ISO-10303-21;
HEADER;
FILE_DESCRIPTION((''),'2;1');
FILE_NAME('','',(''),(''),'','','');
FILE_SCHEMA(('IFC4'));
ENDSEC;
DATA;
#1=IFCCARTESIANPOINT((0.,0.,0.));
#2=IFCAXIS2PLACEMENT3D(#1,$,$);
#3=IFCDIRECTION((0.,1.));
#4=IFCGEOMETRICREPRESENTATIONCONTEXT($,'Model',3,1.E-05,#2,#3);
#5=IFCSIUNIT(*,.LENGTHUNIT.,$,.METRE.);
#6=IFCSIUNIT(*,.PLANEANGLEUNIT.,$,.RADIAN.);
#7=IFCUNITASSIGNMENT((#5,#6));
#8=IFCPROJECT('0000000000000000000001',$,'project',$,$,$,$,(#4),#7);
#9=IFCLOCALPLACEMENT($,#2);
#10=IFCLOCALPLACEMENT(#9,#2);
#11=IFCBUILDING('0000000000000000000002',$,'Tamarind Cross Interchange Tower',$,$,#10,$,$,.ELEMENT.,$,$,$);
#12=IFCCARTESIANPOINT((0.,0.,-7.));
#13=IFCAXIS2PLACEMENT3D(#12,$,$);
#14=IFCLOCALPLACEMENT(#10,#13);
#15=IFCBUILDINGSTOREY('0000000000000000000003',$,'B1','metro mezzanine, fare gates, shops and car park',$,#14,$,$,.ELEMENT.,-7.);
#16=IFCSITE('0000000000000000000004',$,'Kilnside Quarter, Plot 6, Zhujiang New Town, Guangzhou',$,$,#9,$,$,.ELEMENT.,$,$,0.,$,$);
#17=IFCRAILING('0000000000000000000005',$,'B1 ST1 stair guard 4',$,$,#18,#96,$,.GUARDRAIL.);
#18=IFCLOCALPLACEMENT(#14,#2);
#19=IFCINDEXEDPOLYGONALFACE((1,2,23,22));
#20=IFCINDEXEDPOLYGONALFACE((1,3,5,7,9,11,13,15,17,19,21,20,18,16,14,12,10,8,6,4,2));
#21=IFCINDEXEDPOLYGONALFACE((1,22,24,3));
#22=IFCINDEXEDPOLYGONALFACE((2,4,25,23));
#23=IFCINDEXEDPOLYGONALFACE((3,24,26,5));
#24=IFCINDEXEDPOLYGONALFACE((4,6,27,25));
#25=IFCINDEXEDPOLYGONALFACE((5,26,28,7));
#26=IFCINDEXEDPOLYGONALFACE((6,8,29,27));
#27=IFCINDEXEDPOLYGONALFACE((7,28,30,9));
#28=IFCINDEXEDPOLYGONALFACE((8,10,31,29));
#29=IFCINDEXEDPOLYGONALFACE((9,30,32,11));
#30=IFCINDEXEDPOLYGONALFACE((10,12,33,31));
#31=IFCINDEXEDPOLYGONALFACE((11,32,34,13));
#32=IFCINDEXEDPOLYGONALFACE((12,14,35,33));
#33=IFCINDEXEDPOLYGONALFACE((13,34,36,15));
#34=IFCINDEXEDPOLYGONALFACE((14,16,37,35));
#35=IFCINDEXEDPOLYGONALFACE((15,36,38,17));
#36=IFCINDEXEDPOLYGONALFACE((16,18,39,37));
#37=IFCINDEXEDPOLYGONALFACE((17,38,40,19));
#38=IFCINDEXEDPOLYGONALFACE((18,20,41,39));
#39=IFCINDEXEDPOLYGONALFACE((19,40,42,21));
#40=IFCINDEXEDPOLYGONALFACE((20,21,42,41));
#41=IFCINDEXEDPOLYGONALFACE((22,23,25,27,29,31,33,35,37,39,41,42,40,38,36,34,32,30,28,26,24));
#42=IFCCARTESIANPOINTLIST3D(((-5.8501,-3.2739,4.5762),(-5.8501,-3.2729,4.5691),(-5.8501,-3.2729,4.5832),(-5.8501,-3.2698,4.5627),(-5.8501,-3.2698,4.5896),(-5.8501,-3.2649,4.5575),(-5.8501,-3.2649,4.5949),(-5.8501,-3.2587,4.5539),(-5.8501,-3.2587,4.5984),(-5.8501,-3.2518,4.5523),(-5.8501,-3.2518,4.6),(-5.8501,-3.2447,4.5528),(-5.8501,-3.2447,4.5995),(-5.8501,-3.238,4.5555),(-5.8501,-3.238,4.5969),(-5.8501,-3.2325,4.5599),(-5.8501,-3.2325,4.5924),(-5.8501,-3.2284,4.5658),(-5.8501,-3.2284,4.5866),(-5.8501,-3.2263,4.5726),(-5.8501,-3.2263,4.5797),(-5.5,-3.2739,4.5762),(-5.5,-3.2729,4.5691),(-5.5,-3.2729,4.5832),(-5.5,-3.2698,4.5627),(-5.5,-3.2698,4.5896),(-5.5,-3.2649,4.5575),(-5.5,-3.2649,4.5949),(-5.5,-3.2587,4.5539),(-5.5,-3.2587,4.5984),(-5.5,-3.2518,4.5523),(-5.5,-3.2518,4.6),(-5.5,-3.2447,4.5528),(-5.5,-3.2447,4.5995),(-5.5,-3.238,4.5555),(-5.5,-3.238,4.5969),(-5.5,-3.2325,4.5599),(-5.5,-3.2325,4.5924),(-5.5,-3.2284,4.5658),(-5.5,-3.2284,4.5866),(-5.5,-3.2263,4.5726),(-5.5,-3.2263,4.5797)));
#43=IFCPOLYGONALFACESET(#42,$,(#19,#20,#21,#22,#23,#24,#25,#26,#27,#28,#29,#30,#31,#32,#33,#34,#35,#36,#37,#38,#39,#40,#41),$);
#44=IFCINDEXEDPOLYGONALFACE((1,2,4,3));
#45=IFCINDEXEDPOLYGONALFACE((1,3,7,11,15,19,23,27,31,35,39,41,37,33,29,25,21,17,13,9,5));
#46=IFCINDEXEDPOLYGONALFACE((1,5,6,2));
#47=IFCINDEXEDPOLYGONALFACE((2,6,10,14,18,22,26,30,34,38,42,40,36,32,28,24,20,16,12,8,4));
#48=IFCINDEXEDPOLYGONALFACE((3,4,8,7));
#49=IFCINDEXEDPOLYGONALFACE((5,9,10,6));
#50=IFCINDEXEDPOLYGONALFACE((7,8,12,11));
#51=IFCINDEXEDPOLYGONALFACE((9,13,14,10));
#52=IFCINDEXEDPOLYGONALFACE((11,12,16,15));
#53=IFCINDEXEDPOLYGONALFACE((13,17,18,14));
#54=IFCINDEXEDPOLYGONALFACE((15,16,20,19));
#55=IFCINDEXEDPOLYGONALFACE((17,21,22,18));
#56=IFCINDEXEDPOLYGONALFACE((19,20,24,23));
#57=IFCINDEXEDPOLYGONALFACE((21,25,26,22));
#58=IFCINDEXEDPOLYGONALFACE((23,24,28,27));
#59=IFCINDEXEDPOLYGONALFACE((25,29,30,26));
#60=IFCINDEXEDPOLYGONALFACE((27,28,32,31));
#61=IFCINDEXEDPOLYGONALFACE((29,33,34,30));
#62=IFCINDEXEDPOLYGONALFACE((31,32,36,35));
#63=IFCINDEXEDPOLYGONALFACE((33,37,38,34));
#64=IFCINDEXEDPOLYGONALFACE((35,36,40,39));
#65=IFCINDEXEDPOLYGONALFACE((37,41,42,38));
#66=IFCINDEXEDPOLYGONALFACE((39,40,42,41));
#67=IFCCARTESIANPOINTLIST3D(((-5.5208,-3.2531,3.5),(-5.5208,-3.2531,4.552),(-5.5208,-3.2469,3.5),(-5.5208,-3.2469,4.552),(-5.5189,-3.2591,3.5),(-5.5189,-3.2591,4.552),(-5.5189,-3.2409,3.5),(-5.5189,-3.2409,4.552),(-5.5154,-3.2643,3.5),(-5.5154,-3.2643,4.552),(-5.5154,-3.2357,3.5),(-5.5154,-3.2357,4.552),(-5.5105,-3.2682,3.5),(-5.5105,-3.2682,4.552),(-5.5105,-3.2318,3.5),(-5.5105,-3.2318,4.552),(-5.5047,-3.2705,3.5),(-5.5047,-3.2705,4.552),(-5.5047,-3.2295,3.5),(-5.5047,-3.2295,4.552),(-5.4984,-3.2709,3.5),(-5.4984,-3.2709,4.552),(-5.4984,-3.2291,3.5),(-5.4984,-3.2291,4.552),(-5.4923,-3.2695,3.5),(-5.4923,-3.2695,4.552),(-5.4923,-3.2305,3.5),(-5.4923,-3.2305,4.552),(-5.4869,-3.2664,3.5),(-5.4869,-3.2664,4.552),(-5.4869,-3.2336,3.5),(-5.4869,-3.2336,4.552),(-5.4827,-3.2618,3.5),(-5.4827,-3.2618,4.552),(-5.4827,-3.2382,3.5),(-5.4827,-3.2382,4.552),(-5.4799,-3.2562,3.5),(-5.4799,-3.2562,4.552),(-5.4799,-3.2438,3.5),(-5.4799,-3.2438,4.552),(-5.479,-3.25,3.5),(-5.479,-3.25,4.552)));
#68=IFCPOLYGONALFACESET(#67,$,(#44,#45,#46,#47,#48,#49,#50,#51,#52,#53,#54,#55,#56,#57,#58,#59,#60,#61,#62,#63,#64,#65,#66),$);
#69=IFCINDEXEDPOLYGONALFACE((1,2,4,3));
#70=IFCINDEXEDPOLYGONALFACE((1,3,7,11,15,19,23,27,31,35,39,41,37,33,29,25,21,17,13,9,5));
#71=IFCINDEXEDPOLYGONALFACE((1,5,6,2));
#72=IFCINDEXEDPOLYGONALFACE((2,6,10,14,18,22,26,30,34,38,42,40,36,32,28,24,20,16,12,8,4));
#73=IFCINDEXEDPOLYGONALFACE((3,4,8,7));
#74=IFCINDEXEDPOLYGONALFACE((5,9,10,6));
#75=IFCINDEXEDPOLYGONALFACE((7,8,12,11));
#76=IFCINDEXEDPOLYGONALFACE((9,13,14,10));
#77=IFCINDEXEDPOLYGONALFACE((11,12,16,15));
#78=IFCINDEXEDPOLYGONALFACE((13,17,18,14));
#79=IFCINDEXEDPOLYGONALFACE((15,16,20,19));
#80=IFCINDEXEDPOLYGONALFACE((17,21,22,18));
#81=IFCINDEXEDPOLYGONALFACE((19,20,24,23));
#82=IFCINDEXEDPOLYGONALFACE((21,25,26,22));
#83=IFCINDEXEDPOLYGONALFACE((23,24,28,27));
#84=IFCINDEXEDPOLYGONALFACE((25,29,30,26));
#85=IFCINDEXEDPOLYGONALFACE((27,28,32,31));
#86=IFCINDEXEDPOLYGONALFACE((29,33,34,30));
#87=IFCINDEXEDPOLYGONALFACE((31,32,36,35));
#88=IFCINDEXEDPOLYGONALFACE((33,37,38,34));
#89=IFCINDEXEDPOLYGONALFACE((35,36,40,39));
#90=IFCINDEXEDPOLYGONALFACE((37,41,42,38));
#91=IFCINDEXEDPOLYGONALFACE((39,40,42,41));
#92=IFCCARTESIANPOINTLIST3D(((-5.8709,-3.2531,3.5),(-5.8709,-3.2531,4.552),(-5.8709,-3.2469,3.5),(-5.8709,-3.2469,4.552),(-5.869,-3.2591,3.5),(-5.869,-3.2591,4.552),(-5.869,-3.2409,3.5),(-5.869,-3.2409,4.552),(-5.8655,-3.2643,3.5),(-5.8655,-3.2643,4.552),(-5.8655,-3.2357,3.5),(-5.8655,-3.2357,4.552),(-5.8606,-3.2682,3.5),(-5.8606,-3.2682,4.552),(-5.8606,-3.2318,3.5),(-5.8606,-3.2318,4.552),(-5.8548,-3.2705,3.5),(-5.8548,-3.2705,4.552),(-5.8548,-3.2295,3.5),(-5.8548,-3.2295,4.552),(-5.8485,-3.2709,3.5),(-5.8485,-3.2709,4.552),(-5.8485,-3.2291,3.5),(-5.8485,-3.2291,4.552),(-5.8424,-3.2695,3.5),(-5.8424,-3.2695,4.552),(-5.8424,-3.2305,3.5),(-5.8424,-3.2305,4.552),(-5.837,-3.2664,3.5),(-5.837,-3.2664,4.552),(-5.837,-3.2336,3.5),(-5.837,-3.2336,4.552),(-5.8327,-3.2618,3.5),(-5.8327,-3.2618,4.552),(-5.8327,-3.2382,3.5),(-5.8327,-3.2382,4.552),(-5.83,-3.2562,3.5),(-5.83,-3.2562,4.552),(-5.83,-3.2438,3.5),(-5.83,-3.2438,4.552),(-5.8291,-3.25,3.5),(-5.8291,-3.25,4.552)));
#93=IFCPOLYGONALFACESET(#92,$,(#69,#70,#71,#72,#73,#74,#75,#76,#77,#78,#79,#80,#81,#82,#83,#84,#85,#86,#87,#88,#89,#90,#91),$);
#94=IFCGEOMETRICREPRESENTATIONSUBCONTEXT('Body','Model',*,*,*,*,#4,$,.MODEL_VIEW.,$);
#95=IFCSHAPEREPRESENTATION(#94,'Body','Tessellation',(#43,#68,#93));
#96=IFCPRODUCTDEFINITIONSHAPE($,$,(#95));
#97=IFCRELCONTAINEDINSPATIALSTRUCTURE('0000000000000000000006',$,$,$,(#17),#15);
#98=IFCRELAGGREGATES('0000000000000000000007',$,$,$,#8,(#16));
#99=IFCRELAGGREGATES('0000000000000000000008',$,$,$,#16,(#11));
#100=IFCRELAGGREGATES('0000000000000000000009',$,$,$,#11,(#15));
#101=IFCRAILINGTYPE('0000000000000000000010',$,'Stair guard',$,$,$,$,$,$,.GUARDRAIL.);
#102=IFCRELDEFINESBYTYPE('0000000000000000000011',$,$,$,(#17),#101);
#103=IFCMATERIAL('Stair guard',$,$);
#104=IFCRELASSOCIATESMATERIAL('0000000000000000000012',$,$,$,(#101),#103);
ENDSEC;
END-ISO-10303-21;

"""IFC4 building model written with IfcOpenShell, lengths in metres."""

from ifc_helpers import new_model, si_unit, direction, frame, origin, origin_2d, place, context, subcontext, project, spatial, circle, extrude, material, type_object, element, save


model = new_model("IFC4")

# Units and contexts
model_context = context("Model", 3, precision=1e-05, world=origin(), true_north=direction((0.0, 1.0)))
body_context = subcontext(model_context, "Body", "Model", "MODEL_VIEW")
ifc_project = project(units=[si_unit("LENGTHUNIT", "METRE"), si_unit("PLANEANGLEUNIT", "RADIAN")], contexts=[model_context])

# Site, building, storey
site_placement = place(None, origin())
site = spatial("IfcSite", under=ifc_project, at=site_placement, Name="Kilnside Quarter, Plot 6, Zhujiang New Town, Guangzhou", CompositionType="ELEMENT", RefElevation=0.0)
building_placement = place(site_placement, origin())
building = spatial("IfcBuilding", under=site, at=building_placement, Name="Tamarind Cross Interchange Tower", CompositionType="ELEMENT")
storey_placement = place(building_placement, frame((0.0, 0.0, -7.0)))
storey = spatial("IfcBuildingStorey", under=building, at=storey_placement, Name="B1", Description="metro mezzanine, fare gates, shops and car park", CompositionType="ELEMENT", Elevation=-7.0)

# Railing
ifc_material_1 = material(Name="Stair guard")
railing_type_1 = type_object("IfcRailingType", Name="Stair guard", PredefinedType="GUARDRAIL", material=ifc_material_1)
railing_1_placement = place(storey_placement, frame((-5.5, -3.25, 3.5)))
element("IfcRailing", 1, at=railing_1_placement, inside=storey, type_object=railing_type_1, Name="B1 ST1 stair guard 4", PredefinedType="GUARDRAIL", context=body_context, shape_type="SweptSolid", body=[
    extrude(circle(Radius=0.0239, at=origin_2d()), frame((0.0, 0.0, 1.0762), z_axis=(-1.0, 0.0, 0.0), x_axis=(0.0, -1.0, 0.0)), (0.0, 0.0, 1.0), 0.3501),
    extrude(circle(Radius=0.021, at=origin_2d()), origin(), (0.0, 0.0, 1.0), 1.052),
    extrude(circle(Radius=0.021, at=origin_2d()), frame((-0.3501, 0.0, 0.0)), (0.0, 0.0, 1.0), 1.052),
])

save(model, "model.ifc")
